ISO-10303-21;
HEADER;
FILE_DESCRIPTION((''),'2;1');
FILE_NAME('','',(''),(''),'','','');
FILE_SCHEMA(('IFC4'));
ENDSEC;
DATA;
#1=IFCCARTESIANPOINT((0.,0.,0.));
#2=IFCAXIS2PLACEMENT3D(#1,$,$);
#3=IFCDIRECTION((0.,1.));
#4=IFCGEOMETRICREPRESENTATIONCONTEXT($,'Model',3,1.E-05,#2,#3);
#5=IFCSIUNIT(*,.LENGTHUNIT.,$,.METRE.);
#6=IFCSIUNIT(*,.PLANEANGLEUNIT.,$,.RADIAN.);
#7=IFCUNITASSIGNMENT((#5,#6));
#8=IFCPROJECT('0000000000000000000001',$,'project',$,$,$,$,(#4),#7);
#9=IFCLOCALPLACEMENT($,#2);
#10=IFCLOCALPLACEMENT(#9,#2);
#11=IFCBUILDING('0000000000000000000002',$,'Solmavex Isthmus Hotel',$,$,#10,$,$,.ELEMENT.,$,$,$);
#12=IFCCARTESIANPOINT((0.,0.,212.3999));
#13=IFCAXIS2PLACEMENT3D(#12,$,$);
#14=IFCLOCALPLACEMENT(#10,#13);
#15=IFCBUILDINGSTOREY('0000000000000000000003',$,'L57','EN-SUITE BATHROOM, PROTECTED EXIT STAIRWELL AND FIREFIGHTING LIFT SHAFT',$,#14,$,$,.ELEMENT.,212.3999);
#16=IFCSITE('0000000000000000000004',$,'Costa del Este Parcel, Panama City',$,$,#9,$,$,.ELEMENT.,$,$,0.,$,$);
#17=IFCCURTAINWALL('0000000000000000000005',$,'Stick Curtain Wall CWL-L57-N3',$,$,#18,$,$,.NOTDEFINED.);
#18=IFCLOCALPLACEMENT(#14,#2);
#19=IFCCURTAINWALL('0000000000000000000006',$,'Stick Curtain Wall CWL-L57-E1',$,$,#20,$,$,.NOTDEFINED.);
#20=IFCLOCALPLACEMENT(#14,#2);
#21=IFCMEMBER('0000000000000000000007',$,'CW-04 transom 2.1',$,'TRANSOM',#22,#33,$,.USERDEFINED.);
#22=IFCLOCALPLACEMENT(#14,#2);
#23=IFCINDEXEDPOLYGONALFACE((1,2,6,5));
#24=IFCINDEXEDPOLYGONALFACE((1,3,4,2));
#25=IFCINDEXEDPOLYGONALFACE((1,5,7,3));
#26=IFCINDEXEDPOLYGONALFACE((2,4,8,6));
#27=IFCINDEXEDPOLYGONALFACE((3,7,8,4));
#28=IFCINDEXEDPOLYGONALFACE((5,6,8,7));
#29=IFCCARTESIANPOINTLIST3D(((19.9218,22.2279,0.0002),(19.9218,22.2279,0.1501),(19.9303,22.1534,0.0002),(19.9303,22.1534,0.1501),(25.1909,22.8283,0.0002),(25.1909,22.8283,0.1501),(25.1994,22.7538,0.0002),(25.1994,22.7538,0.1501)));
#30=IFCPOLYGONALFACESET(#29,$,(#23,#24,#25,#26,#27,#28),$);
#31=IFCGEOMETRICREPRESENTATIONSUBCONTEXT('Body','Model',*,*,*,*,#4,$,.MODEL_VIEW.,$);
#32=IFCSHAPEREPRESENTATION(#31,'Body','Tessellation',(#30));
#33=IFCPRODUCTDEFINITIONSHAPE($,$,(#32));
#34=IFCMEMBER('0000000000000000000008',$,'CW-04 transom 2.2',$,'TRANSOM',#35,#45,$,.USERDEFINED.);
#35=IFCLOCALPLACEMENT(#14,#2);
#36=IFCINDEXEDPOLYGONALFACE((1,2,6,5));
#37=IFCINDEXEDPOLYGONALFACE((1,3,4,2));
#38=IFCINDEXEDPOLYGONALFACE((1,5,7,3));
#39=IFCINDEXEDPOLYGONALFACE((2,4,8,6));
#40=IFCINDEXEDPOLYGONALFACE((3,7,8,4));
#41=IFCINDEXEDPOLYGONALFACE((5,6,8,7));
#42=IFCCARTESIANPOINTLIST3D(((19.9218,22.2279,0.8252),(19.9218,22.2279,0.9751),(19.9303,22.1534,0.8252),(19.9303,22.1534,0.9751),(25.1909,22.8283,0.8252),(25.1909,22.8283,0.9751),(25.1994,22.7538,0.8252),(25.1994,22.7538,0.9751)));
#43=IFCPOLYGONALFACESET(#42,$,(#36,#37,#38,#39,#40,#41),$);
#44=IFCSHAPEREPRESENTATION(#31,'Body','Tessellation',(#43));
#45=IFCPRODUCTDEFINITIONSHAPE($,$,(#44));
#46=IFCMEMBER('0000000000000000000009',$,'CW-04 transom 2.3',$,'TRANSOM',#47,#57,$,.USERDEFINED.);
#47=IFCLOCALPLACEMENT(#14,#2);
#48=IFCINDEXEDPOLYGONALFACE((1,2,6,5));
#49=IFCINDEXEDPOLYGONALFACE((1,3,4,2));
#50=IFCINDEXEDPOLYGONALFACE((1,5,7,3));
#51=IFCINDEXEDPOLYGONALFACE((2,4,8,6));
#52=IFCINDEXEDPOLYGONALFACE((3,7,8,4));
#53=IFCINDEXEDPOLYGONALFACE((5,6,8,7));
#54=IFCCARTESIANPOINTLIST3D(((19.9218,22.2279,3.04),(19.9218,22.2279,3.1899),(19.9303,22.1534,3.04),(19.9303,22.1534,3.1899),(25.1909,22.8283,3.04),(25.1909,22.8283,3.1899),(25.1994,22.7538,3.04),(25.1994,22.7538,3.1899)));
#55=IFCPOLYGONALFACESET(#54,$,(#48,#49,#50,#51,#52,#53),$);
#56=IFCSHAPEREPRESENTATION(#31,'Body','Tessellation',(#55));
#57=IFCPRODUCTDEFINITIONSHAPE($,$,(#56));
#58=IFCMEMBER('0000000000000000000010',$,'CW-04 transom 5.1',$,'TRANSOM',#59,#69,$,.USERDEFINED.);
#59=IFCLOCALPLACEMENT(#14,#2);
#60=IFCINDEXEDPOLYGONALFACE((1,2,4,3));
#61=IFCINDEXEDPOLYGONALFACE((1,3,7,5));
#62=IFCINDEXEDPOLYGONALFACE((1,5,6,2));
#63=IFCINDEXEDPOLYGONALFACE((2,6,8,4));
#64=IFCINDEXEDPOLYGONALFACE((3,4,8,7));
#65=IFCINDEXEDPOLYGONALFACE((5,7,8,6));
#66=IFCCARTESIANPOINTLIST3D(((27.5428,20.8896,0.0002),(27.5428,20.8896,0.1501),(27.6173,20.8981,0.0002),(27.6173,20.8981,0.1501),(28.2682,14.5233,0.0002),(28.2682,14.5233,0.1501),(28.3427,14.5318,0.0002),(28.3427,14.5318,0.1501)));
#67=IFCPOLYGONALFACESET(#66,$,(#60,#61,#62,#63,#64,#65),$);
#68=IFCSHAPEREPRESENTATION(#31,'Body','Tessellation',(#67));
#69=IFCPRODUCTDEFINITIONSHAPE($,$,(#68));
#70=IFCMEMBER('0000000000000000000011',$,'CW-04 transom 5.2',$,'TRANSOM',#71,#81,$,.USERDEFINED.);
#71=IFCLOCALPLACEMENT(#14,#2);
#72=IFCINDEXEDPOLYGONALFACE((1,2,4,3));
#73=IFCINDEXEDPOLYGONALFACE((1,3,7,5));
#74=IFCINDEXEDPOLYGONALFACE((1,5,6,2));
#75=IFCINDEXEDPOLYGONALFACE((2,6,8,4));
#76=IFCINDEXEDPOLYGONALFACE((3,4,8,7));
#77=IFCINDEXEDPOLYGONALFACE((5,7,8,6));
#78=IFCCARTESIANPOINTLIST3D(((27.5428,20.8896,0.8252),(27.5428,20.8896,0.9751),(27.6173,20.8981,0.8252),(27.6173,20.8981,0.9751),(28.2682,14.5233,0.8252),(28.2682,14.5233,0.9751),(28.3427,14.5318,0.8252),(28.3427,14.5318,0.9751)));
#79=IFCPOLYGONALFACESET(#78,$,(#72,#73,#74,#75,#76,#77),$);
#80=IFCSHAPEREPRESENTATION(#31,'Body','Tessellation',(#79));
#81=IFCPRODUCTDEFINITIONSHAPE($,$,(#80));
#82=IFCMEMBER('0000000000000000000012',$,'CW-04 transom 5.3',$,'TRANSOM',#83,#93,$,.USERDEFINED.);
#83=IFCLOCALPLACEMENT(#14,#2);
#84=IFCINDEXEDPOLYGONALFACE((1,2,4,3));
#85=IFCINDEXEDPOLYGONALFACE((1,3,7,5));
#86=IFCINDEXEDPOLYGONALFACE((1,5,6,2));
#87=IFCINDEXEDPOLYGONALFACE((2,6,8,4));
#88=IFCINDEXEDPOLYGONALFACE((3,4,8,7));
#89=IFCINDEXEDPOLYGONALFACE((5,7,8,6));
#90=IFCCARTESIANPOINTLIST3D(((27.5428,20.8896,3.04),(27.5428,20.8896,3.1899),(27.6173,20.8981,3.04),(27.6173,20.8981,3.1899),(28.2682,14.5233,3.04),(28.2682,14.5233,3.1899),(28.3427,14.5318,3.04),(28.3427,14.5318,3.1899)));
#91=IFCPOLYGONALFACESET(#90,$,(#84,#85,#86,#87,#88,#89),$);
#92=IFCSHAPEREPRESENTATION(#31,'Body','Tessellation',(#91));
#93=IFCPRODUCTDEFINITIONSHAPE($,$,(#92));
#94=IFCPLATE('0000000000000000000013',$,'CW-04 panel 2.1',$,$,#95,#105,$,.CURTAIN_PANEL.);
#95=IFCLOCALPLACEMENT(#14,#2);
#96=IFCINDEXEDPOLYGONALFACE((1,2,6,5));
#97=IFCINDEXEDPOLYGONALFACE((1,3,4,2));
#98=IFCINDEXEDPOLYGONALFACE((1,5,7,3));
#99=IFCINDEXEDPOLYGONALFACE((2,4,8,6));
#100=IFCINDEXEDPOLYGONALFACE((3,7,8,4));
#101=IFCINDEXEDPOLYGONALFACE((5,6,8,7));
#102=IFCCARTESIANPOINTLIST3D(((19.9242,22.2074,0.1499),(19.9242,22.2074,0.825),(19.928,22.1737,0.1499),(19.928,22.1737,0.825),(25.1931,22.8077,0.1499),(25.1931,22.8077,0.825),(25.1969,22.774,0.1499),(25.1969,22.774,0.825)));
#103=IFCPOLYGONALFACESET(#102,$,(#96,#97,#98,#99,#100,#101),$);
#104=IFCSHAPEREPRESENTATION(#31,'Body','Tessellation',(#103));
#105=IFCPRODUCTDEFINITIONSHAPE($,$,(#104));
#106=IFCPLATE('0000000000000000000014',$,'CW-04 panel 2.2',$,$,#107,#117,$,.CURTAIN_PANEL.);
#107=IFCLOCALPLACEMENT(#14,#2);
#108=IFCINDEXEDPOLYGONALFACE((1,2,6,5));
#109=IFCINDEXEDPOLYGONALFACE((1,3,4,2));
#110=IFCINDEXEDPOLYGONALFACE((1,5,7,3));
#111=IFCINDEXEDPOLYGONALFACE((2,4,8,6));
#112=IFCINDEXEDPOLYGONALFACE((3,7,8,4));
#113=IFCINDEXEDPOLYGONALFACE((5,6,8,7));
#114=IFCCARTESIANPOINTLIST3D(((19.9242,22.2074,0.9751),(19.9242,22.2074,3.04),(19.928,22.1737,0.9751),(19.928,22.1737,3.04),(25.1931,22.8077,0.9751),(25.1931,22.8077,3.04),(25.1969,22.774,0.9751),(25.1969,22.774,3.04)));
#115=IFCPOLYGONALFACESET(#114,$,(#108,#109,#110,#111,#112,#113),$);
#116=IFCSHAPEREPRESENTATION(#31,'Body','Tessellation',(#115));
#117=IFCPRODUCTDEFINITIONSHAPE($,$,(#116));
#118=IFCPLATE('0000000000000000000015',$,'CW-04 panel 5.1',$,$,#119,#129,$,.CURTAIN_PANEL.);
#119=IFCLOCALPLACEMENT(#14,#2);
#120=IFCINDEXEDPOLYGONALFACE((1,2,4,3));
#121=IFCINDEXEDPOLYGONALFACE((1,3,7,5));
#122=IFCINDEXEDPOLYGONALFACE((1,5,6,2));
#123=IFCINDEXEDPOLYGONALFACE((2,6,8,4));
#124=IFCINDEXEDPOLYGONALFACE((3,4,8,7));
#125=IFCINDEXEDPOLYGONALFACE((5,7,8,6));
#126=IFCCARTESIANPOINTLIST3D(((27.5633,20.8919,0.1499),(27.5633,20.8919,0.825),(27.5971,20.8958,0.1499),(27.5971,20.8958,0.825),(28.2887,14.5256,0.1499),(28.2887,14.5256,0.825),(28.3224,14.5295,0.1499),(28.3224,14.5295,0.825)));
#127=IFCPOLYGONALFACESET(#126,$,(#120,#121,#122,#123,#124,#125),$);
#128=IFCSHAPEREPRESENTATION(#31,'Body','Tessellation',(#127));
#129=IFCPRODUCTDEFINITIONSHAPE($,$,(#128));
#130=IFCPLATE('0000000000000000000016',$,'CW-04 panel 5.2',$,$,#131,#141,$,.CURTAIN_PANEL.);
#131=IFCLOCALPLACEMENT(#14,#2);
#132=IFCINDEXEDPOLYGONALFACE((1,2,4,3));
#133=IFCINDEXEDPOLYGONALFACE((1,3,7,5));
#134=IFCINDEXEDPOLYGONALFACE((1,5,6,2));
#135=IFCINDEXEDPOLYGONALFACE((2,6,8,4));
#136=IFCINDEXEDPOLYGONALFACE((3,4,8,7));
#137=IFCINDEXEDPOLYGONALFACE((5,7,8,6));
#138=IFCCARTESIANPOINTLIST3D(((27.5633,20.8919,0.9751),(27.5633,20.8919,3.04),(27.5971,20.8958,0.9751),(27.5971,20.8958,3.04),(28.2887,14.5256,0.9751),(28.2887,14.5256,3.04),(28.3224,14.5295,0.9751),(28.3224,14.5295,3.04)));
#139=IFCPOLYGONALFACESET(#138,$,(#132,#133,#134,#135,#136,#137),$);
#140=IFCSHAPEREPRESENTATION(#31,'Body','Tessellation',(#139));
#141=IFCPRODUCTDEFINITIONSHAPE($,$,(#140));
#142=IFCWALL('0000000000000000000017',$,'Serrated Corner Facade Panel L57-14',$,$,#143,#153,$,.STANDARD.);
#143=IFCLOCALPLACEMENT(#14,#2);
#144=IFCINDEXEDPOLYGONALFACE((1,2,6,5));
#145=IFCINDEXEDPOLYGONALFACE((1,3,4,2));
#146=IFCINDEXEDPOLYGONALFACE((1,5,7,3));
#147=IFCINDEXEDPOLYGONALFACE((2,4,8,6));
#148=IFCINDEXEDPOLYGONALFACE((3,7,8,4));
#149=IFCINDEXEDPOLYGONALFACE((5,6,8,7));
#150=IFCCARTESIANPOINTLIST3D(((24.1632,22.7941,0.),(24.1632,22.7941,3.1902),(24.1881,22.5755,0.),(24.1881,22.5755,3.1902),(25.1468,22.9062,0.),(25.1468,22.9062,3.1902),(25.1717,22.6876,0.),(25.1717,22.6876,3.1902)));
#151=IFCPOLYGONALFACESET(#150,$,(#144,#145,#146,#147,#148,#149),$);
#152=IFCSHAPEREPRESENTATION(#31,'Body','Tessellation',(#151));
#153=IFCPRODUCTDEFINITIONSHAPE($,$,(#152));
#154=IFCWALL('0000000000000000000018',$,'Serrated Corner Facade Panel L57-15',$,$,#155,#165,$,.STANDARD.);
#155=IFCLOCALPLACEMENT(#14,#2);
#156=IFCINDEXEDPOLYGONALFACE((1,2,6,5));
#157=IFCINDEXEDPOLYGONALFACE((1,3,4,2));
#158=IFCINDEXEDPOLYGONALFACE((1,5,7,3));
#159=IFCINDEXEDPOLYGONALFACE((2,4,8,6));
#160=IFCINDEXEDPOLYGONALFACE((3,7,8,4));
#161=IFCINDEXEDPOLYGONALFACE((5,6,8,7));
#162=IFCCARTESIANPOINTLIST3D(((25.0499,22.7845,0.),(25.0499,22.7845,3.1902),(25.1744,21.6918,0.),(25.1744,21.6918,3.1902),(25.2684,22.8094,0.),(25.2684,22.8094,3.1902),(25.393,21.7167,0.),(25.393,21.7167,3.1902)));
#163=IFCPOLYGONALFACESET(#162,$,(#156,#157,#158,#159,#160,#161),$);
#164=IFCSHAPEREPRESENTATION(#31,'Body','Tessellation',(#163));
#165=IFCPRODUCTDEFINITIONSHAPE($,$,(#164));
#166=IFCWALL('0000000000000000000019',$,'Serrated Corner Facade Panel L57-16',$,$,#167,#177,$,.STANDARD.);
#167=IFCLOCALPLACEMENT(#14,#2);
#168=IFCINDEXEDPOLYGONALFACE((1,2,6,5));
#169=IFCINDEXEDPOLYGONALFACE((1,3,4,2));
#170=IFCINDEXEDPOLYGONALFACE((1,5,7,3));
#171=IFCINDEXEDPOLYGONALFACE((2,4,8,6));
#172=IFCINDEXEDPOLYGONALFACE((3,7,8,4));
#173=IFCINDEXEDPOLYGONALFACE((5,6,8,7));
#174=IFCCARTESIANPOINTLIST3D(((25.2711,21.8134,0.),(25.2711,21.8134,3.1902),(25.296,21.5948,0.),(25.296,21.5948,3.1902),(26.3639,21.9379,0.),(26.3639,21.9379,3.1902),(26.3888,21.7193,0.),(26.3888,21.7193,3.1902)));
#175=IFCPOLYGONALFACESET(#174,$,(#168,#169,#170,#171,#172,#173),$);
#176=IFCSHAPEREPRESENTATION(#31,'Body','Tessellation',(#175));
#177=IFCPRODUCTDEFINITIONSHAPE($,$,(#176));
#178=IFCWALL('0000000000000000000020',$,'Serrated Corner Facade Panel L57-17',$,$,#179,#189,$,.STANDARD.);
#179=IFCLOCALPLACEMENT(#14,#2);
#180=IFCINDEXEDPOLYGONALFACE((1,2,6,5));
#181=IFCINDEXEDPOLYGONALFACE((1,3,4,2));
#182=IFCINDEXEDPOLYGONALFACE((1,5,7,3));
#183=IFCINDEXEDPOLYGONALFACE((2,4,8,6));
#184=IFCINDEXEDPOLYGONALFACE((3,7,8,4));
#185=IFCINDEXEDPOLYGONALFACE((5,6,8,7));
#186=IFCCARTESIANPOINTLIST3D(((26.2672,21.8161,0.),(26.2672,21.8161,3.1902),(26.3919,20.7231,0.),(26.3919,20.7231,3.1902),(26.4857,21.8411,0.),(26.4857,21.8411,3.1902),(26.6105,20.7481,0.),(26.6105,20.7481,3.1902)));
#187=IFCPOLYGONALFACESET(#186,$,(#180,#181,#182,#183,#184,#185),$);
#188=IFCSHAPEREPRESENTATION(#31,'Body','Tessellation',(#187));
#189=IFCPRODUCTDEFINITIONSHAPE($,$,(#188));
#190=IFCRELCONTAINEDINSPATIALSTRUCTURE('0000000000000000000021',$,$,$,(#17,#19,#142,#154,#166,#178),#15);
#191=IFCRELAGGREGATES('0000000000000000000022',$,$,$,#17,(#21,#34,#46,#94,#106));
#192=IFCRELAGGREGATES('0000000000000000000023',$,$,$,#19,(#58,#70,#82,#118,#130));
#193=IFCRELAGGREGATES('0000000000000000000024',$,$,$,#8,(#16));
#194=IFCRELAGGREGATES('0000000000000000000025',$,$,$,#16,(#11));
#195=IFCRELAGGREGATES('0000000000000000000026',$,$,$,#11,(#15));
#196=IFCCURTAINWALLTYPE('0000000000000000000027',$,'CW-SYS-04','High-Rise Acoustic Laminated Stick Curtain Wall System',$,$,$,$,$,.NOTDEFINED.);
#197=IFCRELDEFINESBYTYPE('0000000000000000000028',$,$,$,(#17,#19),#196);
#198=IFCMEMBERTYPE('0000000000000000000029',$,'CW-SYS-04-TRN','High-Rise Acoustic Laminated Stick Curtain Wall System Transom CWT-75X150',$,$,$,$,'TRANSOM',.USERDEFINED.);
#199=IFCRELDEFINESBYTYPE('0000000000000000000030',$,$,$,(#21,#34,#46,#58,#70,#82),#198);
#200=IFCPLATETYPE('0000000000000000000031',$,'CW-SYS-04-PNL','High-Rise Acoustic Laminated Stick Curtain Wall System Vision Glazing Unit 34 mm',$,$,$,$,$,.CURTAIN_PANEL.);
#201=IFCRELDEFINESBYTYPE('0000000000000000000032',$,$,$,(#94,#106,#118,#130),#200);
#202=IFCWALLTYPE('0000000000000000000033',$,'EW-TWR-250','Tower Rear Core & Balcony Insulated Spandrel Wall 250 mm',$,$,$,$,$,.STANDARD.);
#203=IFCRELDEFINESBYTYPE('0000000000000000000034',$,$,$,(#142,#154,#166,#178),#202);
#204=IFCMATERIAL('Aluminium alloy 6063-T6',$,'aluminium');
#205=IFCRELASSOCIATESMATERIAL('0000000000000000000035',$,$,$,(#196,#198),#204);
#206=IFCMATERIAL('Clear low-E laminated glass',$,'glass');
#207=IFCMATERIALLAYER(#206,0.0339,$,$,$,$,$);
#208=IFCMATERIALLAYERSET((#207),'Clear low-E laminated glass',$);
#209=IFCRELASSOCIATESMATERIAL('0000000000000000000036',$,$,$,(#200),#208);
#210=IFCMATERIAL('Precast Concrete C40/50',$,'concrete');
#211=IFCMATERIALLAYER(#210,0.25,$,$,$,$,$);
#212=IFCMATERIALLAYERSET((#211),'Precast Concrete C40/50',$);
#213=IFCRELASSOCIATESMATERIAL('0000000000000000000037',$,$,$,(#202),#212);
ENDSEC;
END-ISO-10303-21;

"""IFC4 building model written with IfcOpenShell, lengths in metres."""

from ifc_helpers import new_model, si_unit, direction, frame, frame_2d, origin, origin_2d, place, context, subcontext, project, spatial, rectangle, extrude, material, layer, layer_set, material_profile, profile_set, type_object, element, aggregate, save


model = new_model("IFC4")

# Units and contexts
model_context = context("Model", 3, precision=1e-05, world=origin(), true_north=direction((0.0, 1.0)))
body_context = subcontext(model_context, "Body", "Model", "MODEL_VIEW")
ifc_project = project(units=[si_unit("LENGTHUNIT", "METRE"), si_unit("PLANEANGLEUNIT", "RADIAN")], contexts=[model_context])

# Site, building, storey
site_placement = place(None, origin())
site = spatial("IfcSite", under=ifc_project, at=site_placement, Name="Costa del Este Parcel, Panama City", CompositionType="ELEMENT", RefElevation=0.0)
building_placement = place(site_placement, origin())
building = spatial("IfcBuilding", under=site, at=building_placement, Name="Solmavex Isthmus Hotel", CompositionType="ELEMENT")
storey_placement = place(building_placement, frame((0.0, 0.0, 212.3999)))
storey = spatial("IfcBuildingStorey", under=building, at=storey_placement, Name="L57", Description="EN-SUITE BATHROOM, PROTECTED EXIT STAIRWELL AND FIREFIGHTING LIFT SHAFT", CompositionType="ELEMENT", Elevation=212.3999)

# Curtain walls
ifc_material_1 = material(Name="Aluminium alloy 6063-T6", Category="aluminium")
curtain_wall_type = type_object("IfcCurtainWallType", Name="CW-SYS-04", Description="High-Rise Acoustic Laminated Stick Curtain Wall System", PredefinedType="NOTDEFINED", material=ifc_material_1)
curtain_wall_1_placement = place(storey_placement, origin())
curtain_wall_1 = element("IfcCurtainWall", 1, at=curtain_wall_1_placement, inside=storey, type_object=curtain_wall_type, Name="Stick Curtain Wall CWL-L57-N3", PredefinedType="NOTDEFINED")
curtain_wall_2_placement = place(storey_placement, origin())
curtain_wall_2 = element("IfcCurtainWall", 2, at=curtain_wall_2_placement, inside=storey, type_object=curtain_wall_type, Name="Stick Curtain Wall CWL-L57-E1", PredefinedType="NOTDEFINED")

# Members
ifc_material_profile_1 = material_profile(ifc_material_1, rectangle(XDim=0.075, YDim=0.1499, at=origin_2d()), Name="CWT-75X150")
ifc_profile_set_1 = profile_set([ifc_material_profile_1], Name="Aluminium alloy 6063-T6")
member_type_1 = type_object("IfcMemberType", Name="CW-SYS-04-TRN", Description="High-Rise Acoustic Laminated Stick Curtain Wall System Transom CWT-75X150", ElementType="TRANSOM", PredefinedType="USERDEFINED", material=ifc_profile_set_1)
member_1_placement = place(storey_placement, frame((19.926, 22.1907, 0.0752), z_axis=(0.993572, 0.113205, 0.0), x_axis=(-0.113205, 0.993572, 0.0)))
member_1 = element("IfcMember", 3, at=member_1_placement, type_object=member_type_1, Name="CW-04 transom 2.1", ObjectType="TRANSOM", PredefinedType="USERDEFINED", context=body_context, shape_type="SweptSolid", body=[
    extrude(rectangle(XDim=0.075, YDim=0.1499, at=origin_2d()), origin(), (0.0, 0.0, 1.0), 5.3032),
])
member_2_placement = place(storey_placement, frame((19.926, 22.1907, 0.9001), z_axis=(0.993572, 0.113205, 0.0), x_axis=(-0.113205, 0.993572, 0.0)))
member_2 = element("IfcMember", 4, at=member_2_placement, type_object=member_type_1, Name="CW-04 transom 2.2", ObjectType="TRANSOM", PredefinedType="USERDEFINED", context=body_context, shape_type="SweptSolid", body=[
    extrude(rectangle(XDim=0.075, YDim=0.1499, at=origin_2d()), origin(), (0.0, 0.0, 1.0), 5.3032),
])
member_3_placement = place(storey_placement, frame((19.926, 22.1907, 3.115), z_axis=(0.993572, 0.113205, 0.0), x_axis=(-0.113205, 0.993572, 0.0)))
member_3 = element("IfcMember", 5, at=member_3_placement, type_object=member_type_1, Name="CW-04 transom 2.3", ObjectType="TRANSOM", PredefinedType="USERDEFINED", context=body_context, shape_type="SweptSolid", body=[
    extrude(rectangle(XDim=0.075, YDim=0.1499, at=origin_2d()), origin(), (0.0, 0.0, 1.0), 5.3032),
])
member_4_placement = place(storey_placement, frame((28.3054, 14.5276, 0.0752), z_axis=(-0.113204, 0.993572, 0.0), x_axis=(-0.993572, -0.113204, 0.0)))
member_4 = element("IfcMember", 6, at=member_4_placement, type_object=member_type_1, Name="CW-04 transom 5.1", ObjectType="TRANSOM", PredefinedType="USERDEFINED", context=body_context, shape_type="SweptSolid", body=[
    extrude(rectangle(XDim=0.075, YDim=0.1499, at=origin_2d()), origin(), (0.0, 0.0, 1.0), 6.4075),
])
member_5_placement = place(storey_placement, frame((28.3054, 14.5276, 0.9001), z_axis=(-0.113204, 0.993572, 0.0), x_axis=(-0.993572, -0.113204, 0.0)))
member_5 = element("IfcMember", 7, at=member_5_placement, type_object=member_type_1, Name="CW-04 transom 5.2", ObjectType="TRANSOM", PredefinedType="USERDEFINED", context=body_context, shape_type="SweptSolid", body=[
    extrude(rectangle(XDim=0.075, YDim=0.1499, at=origin_2d()), origin(), (0.0, 0.0, 1.0), 6.4075),
])
member_6_placement = place(storey_placement, frame((28.3054, 14.5276, 3.115), z_axis=(-0.113204, 0.993572, 0.0), x_axis=(-0.993572, -0.113204, 0.0)))
member_6 = element("IfcMember", 8, at=member_6_placement, type_object=member_type_1, Name="CW-04 transom 5.3", ObjectType="TRANSOM", PredefinedType="USERDEFINED", context=body_context, shape_type="SweptSolid", body=[
    extrude(rectangle(XDim=0.075, YDim=0.1499, at=origin_2d()), origin(), (0.0, 0.0, 1.0), 6.4075),
])

# Plates
ifc_material_2 = material(Name="Clear low-E laminated glass", Category="glass")
ifc_layer_1 = layer(ifc_material_2, 0.0339)
ifc_layer_set_1 = layer_set([ifc_layer_1], Name="Clear low-E laminated glass")
plate_type = type_object("IfcPlateType", Name="CW-SYS-04-PNL", Description="High-Rise Acoustic Laminated Stick Curtain Wall System Vision Glazing Unit 34 mm", PredefinedType="CURTAIN_PANEL", material=ifc_layer_set_1)
plate_1_placement = place(storey_placement, frame((22.5605, 22.4907, 0.1499), z_axis=(0.0, 0.0, 1.0), x_axis=(0.993572, 0.113204, 0.0)))
plate_1 = element("IfcPlate", 9, at=plate_1_placement, type_object=plate_type, Name="CW-04 panel 2.1", PredefinedType="CURTAIN_PANEL", context=body_context, shape_type="SweptSolid", body=[
    extrude(rectangle(XDim=5.303, YDim=0.0339, at=origin_2d()), origin(), (0.0, 0.0, 1.0), 0.675),
])
plate_2_placement = place(storey_placement, frame((22.5605, 22.4907, 0.9751), z_axis=(0.0, 0.0, 1.0), x_axis=(0.993572, 0.113204, 0.0)))
plate_2 = element("IfcPlate", 10, at=plate_2_placement, type_object=plate_type, Name="CW-04 panel 2.2", PredefinedType="CURTAIN_PANEL", context=body_context, shape_type="SweptSolid", body=[
    extrude(rectangle(XDim=5.303, YDim=0.0339, at=origin_2d()), origin(), (0.0, 0.0, 1.0), 2.0649),
])
aggregate(curtain_wall_1, [member_1, member_2, member_3, plate_1, plate_2])
plate_3_placement = place(storey_placement, frame((27.9429, 17.7107, 0.1499), z_axis=(0.0, 0.0, 1.0), x_axis=(-0.113203, 0.993572, 0.0)))
plate_3 = element("IfcPlate", 11, at=plate_3_placement, type_object=plate_type, Name="CW-04 panel 5.1", PredefinedType="CURTAIN_PANEL", context=body_context, shape_type="SweptSolid", body=[
    extrude(rectangle(XDim=6.4075, YDim=0.0339, at=origin_2d()), origin(), (0.0, 0.0, 1.0), 0.675),
])
plate_4_placement = place(storey_placement, frame((27.9429, 17.7107, 0.9751), z_axis=(0.0, 0.0, 1.0), x_axis=(-0.113203, 0.993572, 0.0)))
plate_4 = element("IfcPlate", 12, at=plate_4_placement, type_object=plate_type, Name="CW-04 panel 5.2", PredefinedType="CURTAIN_PANEL", context=body_context, shape_type="SweptSolid", body=[
    extrude(rectangle(XDim=6.4075, YDim=0.0339, at=origin_2d()), origin(), (0.0, 0.0, 1.0), 2.0649),
])
aggregate(curtain_wall_2, [member_4, member_5, member_6, plate_3, plate_4])

# Walls
ifc_material_3 = material(Name="Precast Concrete C40/50", Category="concrete")
ifc_layer_2 = layer(ifc_material_3, 0.25)
ifc_layer_set_2 = layer_set([ifc_layer_2], Name="Precast Concrete C40/50")
wall_type_1 = type_object("IfcWallType", Name="EW-TWR-250", Description="Tower Rear Core & Balcony Insulated Spandrel Wall 250 mm", PredefinedType="STANDARD", material=ifc_layer_set_2)
wall_1_placement = place(storey_placement, frame((24.1755, 22.6848, 0.0), z_axis=(0.0, 0.0, 1.0), x_axis=(0.993573, 0.113192, 0.0)))
element("IfcWall", 13, at=wall_1_placement, inside=storey, type_object=wall_type_1, Name="Serrated Corner Facade Panel L57-14", PredefinedType="STANDARD", context=body_context, shape_type="SweptSolid", body=[
    extrude(rectangle(XDim=0.99, YDim=0.22, at=frame_2d((0.4951, 0.0))), origin(), (0.0, 0.0, 1.0), 3.1902),
])
for number, where, z_axis, x_axis, name in (
    (14, (25.1592, 22.7969, 0.0), (0.0, 0.0, 1.0), (0.113209, -0.993571, 0.0), "Serrated Corner Facade Panel L57-15"),
    (15, (25.2837, 21.7041, 0.0), (0.0, 0.0, 1.0), (0.993571, 0.113209, 0.0), "Serrated Corner Facade Panel L57-16"),
):
    element("IfcWall", number, at=place(storey_placement, frame(where, z_axis=z_axis, x_axis=x_axis)), inside=storey, type_object=wall_type_1, Name=name, PredefinedType="STANDARD", context=body_context, shape_type="SweptSolid", body=[
        extrude(rectangle(XDim=1.0999, YDim=0.22, at=frame_2d((0.5498, 0.0))), origin(), (0.0, 0.0, 1.0), 3.1902),
    ])
wall_2_placement = place(storey_placement, frame((26.3765, 21.8286, 0.0), z_axis=(0.0, 0.0, 1.0), x_axis=(0.113403, -0.993549, 0.0)))
element("IfcWall", 16, at=wall_2_placement, inside=storey, type_object=wall_type_1, Name="Serrated Corner Facade Panel L57-17", PredefinedType="STANDARD", context=body_context, shape_type="SweptSolid", body=[
    extrude(rectangle(XDim=1.1001, YDim=0.22, at=frame_2d((0.55, 0.0))), origin(), (0.0, 0.0, 1.0), 3.1902),
])

save(model, "model.ifc")
